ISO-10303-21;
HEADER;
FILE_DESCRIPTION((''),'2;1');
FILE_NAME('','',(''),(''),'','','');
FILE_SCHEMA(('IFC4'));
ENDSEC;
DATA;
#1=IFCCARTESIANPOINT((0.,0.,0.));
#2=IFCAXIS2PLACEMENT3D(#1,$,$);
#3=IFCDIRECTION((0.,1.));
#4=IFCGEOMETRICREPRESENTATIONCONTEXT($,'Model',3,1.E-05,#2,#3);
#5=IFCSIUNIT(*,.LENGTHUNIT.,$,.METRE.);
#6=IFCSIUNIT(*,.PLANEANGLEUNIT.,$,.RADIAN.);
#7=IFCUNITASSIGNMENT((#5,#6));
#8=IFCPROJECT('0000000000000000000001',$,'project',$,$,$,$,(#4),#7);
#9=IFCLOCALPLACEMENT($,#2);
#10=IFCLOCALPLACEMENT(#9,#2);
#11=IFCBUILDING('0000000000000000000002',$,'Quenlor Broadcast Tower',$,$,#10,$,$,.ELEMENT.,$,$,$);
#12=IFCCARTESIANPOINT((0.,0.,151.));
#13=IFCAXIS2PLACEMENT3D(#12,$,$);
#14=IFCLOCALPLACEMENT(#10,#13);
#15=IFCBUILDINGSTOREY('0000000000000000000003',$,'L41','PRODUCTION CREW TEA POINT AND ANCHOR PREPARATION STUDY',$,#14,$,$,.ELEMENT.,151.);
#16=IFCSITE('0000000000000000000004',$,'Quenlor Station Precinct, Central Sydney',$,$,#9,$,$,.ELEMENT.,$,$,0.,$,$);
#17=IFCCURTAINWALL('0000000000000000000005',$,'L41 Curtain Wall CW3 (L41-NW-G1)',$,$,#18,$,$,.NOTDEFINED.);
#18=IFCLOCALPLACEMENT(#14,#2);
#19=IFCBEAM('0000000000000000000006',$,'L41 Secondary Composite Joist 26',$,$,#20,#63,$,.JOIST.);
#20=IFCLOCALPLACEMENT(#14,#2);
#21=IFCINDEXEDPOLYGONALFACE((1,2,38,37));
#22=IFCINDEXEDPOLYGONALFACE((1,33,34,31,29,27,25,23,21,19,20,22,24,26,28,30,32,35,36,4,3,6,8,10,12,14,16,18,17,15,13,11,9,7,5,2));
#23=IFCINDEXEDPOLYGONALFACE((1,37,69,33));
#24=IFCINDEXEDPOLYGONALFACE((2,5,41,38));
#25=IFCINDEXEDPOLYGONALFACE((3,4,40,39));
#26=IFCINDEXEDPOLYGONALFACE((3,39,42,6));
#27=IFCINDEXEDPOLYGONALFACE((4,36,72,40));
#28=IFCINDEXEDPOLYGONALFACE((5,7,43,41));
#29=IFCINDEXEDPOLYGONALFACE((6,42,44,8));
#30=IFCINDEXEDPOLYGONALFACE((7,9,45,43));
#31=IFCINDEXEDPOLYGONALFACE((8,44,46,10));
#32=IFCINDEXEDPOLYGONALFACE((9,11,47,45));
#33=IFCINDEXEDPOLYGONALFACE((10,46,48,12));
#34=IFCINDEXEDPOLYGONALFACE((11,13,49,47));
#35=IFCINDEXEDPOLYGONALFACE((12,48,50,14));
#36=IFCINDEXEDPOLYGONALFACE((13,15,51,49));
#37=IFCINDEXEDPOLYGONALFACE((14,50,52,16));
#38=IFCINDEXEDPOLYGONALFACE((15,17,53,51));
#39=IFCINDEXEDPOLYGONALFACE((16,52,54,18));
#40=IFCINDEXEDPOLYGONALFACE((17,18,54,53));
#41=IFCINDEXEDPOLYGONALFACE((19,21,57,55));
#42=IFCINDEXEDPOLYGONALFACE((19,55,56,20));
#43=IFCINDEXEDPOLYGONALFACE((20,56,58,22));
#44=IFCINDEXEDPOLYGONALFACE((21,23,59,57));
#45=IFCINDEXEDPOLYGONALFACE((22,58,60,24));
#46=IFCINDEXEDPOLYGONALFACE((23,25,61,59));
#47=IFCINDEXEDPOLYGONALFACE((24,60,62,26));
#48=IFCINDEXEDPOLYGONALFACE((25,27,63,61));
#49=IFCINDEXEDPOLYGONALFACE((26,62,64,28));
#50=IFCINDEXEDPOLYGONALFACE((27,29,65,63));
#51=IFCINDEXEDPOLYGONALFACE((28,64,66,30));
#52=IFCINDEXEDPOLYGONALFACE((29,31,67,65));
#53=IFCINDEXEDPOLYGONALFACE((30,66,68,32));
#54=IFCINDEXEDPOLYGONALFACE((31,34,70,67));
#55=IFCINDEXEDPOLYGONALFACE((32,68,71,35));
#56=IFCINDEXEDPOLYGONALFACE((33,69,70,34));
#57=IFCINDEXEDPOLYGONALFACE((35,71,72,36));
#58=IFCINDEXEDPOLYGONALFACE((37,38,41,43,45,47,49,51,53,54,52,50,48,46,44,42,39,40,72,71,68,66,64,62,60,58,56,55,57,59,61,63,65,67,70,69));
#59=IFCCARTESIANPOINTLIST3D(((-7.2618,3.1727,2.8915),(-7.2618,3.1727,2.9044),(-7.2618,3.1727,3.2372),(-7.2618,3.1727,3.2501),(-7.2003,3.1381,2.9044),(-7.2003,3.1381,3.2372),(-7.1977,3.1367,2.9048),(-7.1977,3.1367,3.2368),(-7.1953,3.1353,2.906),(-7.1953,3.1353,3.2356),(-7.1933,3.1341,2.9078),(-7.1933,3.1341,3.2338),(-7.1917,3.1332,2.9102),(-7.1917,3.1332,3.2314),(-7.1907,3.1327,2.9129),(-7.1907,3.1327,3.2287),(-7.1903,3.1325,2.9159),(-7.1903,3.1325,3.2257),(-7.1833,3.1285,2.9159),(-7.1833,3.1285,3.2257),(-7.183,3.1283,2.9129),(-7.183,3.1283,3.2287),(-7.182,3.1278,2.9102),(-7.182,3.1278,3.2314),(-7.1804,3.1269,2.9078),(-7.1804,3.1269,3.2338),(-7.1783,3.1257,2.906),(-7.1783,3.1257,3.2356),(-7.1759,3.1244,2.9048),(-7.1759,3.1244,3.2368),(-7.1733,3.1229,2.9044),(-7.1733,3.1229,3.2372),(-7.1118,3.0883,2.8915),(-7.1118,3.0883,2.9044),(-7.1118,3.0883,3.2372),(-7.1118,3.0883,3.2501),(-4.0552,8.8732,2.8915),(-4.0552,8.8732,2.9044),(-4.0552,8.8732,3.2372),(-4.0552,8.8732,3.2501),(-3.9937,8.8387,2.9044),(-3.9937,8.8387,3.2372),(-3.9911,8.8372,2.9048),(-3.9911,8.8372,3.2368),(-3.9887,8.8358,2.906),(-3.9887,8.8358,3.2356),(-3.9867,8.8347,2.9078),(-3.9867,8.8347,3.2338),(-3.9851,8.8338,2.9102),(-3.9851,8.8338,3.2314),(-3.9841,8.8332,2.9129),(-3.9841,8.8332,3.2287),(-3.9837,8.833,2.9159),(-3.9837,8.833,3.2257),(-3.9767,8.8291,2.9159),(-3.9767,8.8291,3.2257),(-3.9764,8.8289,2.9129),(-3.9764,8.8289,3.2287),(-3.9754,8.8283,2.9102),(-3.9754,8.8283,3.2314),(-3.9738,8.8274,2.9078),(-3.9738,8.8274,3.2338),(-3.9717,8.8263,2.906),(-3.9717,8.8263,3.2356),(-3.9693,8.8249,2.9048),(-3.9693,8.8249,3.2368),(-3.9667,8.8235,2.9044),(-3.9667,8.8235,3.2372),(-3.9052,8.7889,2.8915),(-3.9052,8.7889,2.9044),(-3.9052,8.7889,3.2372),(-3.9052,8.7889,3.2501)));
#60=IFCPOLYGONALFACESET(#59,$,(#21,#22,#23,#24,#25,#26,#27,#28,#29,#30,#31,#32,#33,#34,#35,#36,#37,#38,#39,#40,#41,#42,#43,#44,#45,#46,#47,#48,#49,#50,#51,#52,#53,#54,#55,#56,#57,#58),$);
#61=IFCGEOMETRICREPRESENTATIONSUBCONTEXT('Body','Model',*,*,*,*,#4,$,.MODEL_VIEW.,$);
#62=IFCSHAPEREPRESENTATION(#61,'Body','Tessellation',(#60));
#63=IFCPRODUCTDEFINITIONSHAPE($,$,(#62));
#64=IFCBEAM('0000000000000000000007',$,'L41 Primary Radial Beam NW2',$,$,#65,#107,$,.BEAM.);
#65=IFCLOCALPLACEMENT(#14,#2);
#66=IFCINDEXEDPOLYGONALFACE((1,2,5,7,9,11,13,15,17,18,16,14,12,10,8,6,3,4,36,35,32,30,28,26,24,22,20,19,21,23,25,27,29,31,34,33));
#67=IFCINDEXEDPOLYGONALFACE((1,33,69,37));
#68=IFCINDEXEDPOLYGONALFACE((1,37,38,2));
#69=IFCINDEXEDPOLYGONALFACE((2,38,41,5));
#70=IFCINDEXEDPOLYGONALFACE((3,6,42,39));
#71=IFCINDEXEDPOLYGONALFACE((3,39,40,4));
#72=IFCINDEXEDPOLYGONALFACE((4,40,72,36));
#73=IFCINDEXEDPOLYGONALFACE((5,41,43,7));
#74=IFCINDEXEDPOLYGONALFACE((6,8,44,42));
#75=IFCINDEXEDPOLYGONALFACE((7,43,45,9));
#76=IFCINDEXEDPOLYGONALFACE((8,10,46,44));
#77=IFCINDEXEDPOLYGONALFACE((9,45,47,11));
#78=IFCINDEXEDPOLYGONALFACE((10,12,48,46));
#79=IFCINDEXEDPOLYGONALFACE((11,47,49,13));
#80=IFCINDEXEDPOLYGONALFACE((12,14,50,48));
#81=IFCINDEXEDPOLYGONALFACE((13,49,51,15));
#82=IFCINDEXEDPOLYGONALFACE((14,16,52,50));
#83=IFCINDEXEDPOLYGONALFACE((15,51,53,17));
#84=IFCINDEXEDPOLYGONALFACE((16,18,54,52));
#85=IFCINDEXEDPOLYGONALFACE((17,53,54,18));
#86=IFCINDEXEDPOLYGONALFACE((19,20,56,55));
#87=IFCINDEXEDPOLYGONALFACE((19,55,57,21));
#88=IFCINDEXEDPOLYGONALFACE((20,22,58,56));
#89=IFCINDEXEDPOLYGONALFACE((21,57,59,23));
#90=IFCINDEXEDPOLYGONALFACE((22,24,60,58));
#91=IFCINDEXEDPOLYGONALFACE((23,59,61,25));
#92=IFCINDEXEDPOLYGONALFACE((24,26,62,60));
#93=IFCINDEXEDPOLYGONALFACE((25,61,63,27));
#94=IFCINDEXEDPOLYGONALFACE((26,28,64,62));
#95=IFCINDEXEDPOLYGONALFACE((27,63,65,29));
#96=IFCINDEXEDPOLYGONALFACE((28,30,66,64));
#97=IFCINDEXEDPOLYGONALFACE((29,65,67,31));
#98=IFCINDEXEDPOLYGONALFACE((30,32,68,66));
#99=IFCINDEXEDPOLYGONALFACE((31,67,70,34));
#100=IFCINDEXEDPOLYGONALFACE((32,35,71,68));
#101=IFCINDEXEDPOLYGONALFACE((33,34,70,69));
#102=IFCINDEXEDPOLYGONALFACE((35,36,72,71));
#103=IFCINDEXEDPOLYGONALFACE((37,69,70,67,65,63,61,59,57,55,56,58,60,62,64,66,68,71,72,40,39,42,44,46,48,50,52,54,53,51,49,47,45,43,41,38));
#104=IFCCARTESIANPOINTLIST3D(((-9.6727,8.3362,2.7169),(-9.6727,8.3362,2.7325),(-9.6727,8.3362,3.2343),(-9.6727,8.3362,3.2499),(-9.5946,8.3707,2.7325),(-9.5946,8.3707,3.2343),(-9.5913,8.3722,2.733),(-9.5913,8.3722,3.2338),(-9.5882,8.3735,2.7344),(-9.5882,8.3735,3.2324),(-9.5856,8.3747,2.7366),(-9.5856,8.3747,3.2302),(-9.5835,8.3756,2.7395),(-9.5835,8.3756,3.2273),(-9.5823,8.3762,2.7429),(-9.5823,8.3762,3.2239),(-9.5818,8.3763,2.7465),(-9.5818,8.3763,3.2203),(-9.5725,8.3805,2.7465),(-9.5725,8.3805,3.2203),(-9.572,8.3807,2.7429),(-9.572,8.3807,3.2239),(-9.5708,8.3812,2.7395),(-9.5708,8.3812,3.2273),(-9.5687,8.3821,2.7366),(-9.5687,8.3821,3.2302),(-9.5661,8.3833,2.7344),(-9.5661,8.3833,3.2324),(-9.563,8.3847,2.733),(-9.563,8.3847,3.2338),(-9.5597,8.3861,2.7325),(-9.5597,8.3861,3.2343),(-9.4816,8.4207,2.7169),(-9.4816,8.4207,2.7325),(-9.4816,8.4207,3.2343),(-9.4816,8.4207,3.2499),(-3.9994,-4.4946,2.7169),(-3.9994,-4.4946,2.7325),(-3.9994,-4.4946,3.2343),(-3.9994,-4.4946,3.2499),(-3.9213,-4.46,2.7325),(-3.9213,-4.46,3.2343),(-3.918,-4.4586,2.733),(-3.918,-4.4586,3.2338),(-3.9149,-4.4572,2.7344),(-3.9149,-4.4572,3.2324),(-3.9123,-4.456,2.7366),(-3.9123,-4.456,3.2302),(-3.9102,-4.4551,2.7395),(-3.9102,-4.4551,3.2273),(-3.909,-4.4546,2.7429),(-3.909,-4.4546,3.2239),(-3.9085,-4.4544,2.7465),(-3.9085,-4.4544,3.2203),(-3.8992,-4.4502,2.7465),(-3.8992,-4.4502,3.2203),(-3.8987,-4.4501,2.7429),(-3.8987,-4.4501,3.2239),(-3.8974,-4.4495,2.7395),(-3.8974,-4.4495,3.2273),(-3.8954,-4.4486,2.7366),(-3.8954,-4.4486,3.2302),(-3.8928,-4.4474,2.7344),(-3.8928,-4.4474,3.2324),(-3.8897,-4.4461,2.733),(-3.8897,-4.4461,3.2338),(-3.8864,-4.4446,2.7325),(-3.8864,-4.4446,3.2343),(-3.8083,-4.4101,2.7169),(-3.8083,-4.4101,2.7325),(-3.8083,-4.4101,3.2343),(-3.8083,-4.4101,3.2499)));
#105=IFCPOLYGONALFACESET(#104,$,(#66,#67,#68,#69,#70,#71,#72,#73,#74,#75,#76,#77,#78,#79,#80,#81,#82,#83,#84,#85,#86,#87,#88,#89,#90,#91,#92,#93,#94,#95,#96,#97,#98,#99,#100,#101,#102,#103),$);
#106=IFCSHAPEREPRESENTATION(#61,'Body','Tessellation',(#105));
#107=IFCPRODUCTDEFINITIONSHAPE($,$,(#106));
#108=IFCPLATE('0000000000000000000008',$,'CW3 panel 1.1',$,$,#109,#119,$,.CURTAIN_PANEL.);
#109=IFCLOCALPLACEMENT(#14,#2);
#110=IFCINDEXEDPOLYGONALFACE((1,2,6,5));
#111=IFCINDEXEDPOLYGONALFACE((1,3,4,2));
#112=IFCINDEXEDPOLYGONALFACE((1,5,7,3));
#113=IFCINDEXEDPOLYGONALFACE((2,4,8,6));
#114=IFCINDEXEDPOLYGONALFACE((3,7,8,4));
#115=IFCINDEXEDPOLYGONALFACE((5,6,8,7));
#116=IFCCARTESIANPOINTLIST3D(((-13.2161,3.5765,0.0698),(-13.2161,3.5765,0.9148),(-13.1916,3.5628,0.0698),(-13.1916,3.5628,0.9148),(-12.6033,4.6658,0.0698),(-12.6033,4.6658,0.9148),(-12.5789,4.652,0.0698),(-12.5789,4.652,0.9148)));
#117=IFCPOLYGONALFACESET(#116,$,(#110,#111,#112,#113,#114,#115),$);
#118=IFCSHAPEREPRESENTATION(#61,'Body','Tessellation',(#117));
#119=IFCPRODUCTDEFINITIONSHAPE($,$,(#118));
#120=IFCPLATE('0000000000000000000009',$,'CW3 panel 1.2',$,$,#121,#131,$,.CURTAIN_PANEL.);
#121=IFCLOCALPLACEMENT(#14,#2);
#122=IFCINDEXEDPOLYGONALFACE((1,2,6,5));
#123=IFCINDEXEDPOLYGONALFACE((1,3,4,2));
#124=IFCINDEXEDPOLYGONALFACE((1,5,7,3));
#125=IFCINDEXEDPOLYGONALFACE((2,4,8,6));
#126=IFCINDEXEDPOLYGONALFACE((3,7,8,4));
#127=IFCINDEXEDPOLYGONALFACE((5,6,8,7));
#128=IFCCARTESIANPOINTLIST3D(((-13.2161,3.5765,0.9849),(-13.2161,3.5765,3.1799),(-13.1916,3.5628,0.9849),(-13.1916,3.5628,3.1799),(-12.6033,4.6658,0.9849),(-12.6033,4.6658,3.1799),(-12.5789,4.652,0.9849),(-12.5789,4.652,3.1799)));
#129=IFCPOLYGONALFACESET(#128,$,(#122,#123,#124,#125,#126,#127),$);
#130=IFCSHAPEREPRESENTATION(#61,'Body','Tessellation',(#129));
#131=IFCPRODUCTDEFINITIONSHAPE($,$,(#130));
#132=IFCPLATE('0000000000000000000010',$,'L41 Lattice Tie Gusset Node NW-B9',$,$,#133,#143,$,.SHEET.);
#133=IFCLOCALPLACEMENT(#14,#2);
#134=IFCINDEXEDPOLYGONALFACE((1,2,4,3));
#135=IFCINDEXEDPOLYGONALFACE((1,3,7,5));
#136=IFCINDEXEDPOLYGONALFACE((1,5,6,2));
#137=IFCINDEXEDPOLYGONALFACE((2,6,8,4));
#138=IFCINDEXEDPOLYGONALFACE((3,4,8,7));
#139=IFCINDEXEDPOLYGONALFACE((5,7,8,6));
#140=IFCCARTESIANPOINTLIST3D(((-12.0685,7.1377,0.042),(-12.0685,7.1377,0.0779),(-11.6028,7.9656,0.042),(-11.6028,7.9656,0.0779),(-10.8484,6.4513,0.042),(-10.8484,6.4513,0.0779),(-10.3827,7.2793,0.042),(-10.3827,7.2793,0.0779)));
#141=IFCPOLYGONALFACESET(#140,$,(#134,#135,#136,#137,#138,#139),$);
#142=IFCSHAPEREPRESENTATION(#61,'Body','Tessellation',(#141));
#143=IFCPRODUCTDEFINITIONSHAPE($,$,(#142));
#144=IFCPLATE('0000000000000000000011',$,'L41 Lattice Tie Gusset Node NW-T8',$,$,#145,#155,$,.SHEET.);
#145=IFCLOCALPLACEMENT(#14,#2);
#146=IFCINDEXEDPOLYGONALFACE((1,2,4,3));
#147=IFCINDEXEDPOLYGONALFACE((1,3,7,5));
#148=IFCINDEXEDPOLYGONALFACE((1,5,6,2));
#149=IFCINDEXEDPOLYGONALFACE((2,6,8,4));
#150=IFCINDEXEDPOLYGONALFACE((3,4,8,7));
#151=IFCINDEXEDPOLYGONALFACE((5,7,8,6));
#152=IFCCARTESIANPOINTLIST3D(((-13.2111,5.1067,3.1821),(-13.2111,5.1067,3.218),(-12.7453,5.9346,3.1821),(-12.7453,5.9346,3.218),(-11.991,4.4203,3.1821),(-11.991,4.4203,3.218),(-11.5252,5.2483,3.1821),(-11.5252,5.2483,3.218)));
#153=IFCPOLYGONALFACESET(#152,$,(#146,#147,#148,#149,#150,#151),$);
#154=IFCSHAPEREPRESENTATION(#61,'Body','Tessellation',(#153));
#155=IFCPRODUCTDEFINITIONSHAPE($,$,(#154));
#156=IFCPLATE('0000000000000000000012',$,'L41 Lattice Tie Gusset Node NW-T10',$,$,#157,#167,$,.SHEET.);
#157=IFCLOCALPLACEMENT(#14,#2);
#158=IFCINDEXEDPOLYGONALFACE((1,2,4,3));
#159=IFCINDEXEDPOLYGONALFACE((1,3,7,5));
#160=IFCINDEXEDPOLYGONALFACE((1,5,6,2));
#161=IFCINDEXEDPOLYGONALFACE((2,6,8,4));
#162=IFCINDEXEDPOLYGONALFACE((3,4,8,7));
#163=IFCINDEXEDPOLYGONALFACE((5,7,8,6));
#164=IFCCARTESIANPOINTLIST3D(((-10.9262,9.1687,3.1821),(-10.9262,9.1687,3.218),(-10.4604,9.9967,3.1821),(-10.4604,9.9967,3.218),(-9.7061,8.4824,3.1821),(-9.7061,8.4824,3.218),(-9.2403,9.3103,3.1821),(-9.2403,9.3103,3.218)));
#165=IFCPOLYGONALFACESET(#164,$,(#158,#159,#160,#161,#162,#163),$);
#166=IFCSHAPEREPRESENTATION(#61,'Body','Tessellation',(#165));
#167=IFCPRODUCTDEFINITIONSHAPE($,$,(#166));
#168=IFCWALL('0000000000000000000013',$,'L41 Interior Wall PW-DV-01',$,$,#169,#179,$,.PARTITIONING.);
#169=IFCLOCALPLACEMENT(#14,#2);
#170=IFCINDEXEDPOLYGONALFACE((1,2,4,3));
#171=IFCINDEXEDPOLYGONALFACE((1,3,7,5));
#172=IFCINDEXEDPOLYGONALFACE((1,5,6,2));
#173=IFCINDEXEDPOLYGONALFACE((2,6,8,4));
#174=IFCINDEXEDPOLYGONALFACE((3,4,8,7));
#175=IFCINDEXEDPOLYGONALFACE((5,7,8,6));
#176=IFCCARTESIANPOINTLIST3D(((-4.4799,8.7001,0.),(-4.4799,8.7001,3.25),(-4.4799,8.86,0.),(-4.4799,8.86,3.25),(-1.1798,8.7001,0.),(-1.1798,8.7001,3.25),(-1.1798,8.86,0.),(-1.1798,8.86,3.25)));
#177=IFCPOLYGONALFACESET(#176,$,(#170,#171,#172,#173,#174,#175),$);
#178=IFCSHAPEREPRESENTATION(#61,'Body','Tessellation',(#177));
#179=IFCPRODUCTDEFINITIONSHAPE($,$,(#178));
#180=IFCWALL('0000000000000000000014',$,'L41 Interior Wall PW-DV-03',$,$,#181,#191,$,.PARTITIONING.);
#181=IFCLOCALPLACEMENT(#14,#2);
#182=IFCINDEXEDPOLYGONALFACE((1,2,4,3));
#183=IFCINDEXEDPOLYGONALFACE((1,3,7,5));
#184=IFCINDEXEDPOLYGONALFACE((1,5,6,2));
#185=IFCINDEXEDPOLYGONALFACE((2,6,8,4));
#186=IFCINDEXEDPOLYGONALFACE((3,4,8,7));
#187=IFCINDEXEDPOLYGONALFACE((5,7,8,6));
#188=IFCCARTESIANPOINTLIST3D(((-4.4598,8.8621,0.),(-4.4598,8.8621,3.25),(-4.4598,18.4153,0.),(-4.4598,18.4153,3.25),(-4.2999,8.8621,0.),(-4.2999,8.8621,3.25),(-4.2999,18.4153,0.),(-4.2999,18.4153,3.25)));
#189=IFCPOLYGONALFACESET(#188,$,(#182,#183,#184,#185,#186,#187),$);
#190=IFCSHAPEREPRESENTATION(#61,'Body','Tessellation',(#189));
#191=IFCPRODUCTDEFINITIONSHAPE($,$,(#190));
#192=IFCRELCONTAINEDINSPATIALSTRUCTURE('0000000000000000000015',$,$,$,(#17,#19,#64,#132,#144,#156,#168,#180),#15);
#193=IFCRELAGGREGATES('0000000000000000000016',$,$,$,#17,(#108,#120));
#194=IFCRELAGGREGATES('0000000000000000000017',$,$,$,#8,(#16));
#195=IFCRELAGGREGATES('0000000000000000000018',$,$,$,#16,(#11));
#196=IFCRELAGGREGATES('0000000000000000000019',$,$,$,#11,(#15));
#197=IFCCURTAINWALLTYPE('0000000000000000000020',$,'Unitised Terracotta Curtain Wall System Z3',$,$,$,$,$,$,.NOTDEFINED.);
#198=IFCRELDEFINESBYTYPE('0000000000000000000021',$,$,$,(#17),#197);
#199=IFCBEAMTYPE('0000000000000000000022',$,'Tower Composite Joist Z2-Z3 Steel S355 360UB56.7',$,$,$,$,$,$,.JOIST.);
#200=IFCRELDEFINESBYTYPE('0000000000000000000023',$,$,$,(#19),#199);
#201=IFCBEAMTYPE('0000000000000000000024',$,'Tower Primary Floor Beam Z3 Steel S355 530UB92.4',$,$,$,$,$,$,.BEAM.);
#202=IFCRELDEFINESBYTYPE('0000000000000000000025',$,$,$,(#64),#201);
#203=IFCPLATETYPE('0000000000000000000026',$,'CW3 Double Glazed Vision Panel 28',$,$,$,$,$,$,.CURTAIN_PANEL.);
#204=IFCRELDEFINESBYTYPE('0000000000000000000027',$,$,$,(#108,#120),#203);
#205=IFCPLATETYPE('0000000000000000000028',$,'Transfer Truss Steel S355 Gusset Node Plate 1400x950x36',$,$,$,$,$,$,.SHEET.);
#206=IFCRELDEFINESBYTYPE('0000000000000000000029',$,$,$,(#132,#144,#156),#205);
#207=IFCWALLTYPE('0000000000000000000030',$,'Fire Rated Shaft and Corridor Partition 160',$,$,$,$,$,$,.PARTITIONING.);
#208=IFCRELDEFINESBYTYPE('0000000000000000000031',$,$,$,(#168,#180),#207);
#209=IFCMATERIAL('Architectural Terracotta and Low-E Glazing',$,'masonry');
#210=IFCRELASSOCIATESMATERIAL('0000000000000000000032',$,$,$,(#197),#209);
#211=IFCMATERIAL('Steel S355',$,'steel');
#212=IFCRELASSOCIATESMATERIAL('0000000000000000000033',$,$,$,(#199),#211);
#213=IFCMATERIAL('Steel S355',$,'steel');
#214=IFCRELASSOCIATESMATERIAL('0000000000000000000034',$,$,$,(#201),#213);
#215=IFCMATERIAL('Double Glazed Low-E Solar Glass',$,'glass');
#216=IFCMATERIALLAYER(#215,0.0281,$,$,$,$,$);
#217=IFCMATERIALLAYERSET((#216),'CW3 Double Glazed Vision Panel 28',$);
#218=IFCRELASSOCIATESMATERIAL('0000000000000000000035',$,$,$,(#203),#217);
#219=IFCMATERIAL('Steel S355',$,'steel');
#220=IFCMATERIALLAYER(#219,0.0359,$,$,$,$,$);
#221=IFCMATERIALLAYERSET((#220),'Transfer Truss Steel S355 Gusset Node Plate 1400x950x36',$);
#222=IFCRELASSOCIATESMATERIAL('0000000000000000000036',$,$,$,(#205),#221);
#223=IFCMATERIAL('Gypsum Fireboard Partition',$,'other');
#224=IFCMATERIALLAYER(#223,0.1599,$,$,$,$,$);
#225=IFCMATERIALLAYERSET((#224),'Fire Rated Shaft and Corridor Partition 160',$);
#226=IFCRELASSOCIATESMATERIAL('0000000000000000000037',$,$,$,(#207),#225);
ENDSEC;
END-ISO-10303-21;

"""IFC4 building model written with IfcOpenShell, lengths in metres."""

from ifc_helpers import new_model, si_unit, direction, frame, frame_2d, origin, origin_2d, place, context, subcontext, project, spatial, rectangle, i_section, extrude, material, layer, layer_set, material_profile, profile_set, type_object, element, aggregate, save


model = new_model("IFC4")

# Units and contexts
model_context = context("Model", 3, precision=1e-05, world=origin(), true_north=direction((0.0, 1.0)))
body_context = subcontext(model_context, "Body", "Model", "MODEL_VIEW")
ifc_project = project(units=[si_unit("LENGTHUNIT", "METRE"), si_unit("PLANEANGLEUNIT", "RADIAN")], contexts=[model_context])

# Site, building, storey
site_placement = place(None, origin())
site = spatial("IfcSite", under=ifc_project, at=site_placement, Name="Quenlor Station Precinct, Central Sydney", CompositionType="ELEMENT", RefElevation=0.0)
building_placement = place(site_placement, origin())
building = spatial("IfcBuilding", under=site, at=building_placement, Name="Quenlor Broadcast Tower", CompositionType="ELEMENT")
storey_placement = place(building_placement, frame((0.0, 0.0, 151.0)))
storey = spatial("IfcBuildingStorey", under=building, at=storey_placement, Name="L41", Description="PRODUCTION CREW TEA POINT AND ANCHOR PREPARATION STUDY", CompositionType="ELEMENT", Elevation=151.0)

# Shared definitions
ifc_material_1 = material(Name="Architectural Terracotta and Low-E Glazing", Category="masonry")
curtain_wall_type = type_object("IfcCurtainWallType", Name="Unitised Terracotta Curtain Wall System Z3", PredefinedType="NOTDEFINED", material=ifc_material_1)

# Curtain wall
curtain_wall_1_placement = place(storey_placement, origin())
curtain_wall_1 = element("IfcCurtainWall", 1, at=curtain_wall_1_placement, inside=storey, type_object=curtain_wall_type, Name="L41 Curtain Wall CW3 (L41-NW-G1)", PredefinedType="NOTDEFINED")

# Beams
ifc_material_2 = material(Name="Steel S355", Category="steel")
ifc_material_profile_1 = material_profile(ifc_material_2, i_section(OverallWidth=0.1721, OverallDepth=0.3586, WebThickness=0.0081, FlangeThickness=0.0129, FilletRadius=0.0115, at=origin_2d()))
ifc_profile_set_1 = profile_set([ifc_material_profile_1], Name="Steel S355 360UB56.7")
beam_type_1 = type_object("IfcBeamType", Name="Tower Composite Joist Z2-Z3 Steel S355 360UB56.7", PredefinedType="JOIST", material=ifc_profile_set_1)
beam_1_placement = place(storey_placement, frame((-3.9802, 8.8311, 3.0708), z_axis=(-0.490267, -0.871573, 0.0), x_axis=(0.871573, -0.490267, 0.0)))
element("IfcBeam", 2, at=beam_1_placement, inside=storey, type_object=beam_type_1, Name="L41 Secondary Composite Joist 26", PredefinedType="JOIST", context=body_context, shape_type="SweptSolid", body=[
    extrude(i_section(OverallWidth=0.1721, OverallDepth=0.3586, WebThickness=0.0081, FlangeThickness=0.0129, FilletRadius=0.0115, at=origin_2d()), origin(), (0.0, 0.0, 1.0), 6.5405),
])
ifc_material_3 = material(Name="Steel S355", Category="steel")
ifc_material_profile_2 = material_profile(ifc_material_3, i_section(OverallWidth=0.209, OverallDepth=0.533, WebThickness=0.0103, FlangeThickness=0.0156, FilletRadius=0.0139, at=origin_2d()))
ifc_profile_set_2 = profile_set([ifc_material_profile_2], Name="Steel S355 530UB92.4")
beam_type_2 = type_object("IfcBeamType", Name="Tower Primary Floor Beam Z3 Steel S355 530UB92.4", PredefinedType="BEAM", material=ifc_profile_set_2)
beam_2_placement = place(storey_placement, frame((-9.5771, 8.3784, 2.9834), z_axis=(0.404397, -0.914583, 0.0), x_axis=(0.914583, 0.404397, 0.0)))
element("IfcBeam", 3, at=beam_2_placement, inside=storey, type_object=beam_type_2, Name="L41 Primary Radial Beam NW2", PredefinedType="BEAM", context=body_context, shape_type="SweptSolid", body=[
    extrude(i_section(OverallWidth=0.209, OverallDepth=0.533, WebThickness=0.0103, FlangeThickness=0.0156, FilletRadius=0.0139, at=origin_2d()), origin(), (0.0, 0.0, 1.0), 14.0291),
])

# Plates
ifc_material_4 = material(Name="Double Glazed Low-E Solar Glass", Category="glass")
ifc_layer_1 = layer(ifc_material_4, 0.0281)
ifc_layer_set_1 = layer_set([ifc_layer_1], Name="CW3 Double Glazed Vision Panel 28")
plate_type_1 = type_object("IfcPlateType", Name="CW3 Double Glazed Vision Panel 28", PredefinedType="CURTAIN_PANEL", material=ifc_layer_set_1)
plate_1_placement = place(storey_placement, frame((-12.8975, 4.1143, 0.0698), z_axis=(0.0, 0.0, 1.0), x_axis=(0.490285, 0.871562, 0.0)))
plate_1 = element("IfcPlate", 4, at=plate_1_placement, type_object=plate_type_1, Name="CW3 panel 1.1", PredefinedType="CURTAIN_PANEL", context=body_context, shape_type="SweptSolid", body=[
    extrude(rectangle(XDim=1.2498, YDim=0.0281, at=origin_2d()), origin(), (0.0, 0.0, 1.0), 0.845),
])
plate_2_placement = place(storey_placement, frame((-12.8975, 4.1143, 0.9849), z_axis=(0.0, 0.0, 1.0), x_axis=(0.490285, 0.871562, 0.0)))
plate_2 = element("IfcPlate", 5, at=plate_2_placement, type_object=plate_type_1, Name="CW3 panel 1.2", PredefinedType="CURTAIN_PANEL", context=body_context, shape_type="SweptSolid", body=[
    extrude(rectangle(XDim=1.2498, YDim=0.0281, at=origin_2d()), origin(), (0.0, 0.0, 1.0), 2.1951),
])
aggregate(curtain_wall_1, [plate_1, plate_2])

# Plates
ifc_material_5 = material(Name="Steel S355", Category="steel")
ifc_layer_2 = layer(ifc_material_5, 0.0359)
ifc_layer_set_2 = layer_set([ifc_layer_2], Name="Transfer Truss Steel S355 Gusset Node Plate 1400x950x36")
plate_type_2 = type_object("IfcPlateType", Name="Transfer Truss Steel S355 Gusset Node Plate 1400x950x36", PredefinedType="SHEET", material=ifc_layer_set_2)
for number, where, z_axis, x_axis, name in (
    (6, (-11.2256, 7.2085, 0.042), (0.0, 0.0, 1.0), (-0.871556, 0.490295, 0.0), "L41 Lattice Tie Gusset Node NW-B9"),
    (7, (-12.3682, 5.1775, 3.1821), (0.0, 0.0, 1.0), (-0.871556, 0.490295, 0.0), "L41 Lattice Tie Gusset Node NW-T8"),
    (8, (-10.0833, 9.2395, 3.1821), (0.0, 0.0, 1.0), (-0.871556, 0.490295, 0.0), "L41 Lattice Tie Gusset Node NW-T10"),
):
    element("IfcPlate", number, at=place(storey_placement, frame(where, z_axis=z_axis, x_axis=x_axis)), inside=storey, type_object=plate_type_2, Name=name, PredefinedType="SHEET", context=body_context, shape_type="SweptSolid", body=[
        extrude(rectangle(XDim=1.3999, YDim=0.95, at=origin_2d()), origin(), (0.0, 0.0, 1.0), 0.0359),
    ])

# Walls
ifc_material_6 = material(Name="Gypsum Fireboard Partition", Category="other")
ifc_layer_3 = layer(ifc_material_6, 0.1599)
ifc_layer_set_3 = layer_set([ifc_layer_3], Name="Fire Rated Shaft and Corridor Partition 160")
wall_type_1 = type_object("IfcWallType", Name="Fire Rated Shaft and Corridor Partition 160", PredefinedType="PARTITIONING", material=ifc_layer_set_3)
wall_1_placement = place(storey_placement, frame((-1.1799, 8.78, 0.0), z_axis=(0.0, 0.0, 1.0), x_axis=(-1.0, 0.0, 0.0)))
element("IfcWall", 9, at=wall_1_placement, inside=storey, type_object=wall_type_1, Name="L41 Interior Wall PW-DV-01", PredefinedType="PARTITIONING", context=body_context, shape_type="SweptSolid", body=[
    extrude(rectangle(XDim=3.3, YDim=0.1599, at=frame_2d((1.6499, 0.0))), origin(), (0.0, 0.0, 1.0), 3.25),
])
wall_2_placement = place(storey_placement, frame((-4.3799, 8.8621, 0.0), z_axis=(0.0, 0.0, 1.0), x_axis=(0.0, 1.0, 0.0)))
element("IfcWall", 10, at=wall_2_placement, inside=storey, type_object=wall_type_1, Name="L41 Interior Wall PW-DV-03", PredefinedType="PARTITIONING", context=body_context, shape_type="SweptSolid", body=[
    extrude(rectangle(XDim=9.5532, YDim=0.1599, at=frame_2d((4.7766, 0.0))), origin(), (0.0, 0.0, 1.0), 3.25),
])

save(model, "model.ifc")
